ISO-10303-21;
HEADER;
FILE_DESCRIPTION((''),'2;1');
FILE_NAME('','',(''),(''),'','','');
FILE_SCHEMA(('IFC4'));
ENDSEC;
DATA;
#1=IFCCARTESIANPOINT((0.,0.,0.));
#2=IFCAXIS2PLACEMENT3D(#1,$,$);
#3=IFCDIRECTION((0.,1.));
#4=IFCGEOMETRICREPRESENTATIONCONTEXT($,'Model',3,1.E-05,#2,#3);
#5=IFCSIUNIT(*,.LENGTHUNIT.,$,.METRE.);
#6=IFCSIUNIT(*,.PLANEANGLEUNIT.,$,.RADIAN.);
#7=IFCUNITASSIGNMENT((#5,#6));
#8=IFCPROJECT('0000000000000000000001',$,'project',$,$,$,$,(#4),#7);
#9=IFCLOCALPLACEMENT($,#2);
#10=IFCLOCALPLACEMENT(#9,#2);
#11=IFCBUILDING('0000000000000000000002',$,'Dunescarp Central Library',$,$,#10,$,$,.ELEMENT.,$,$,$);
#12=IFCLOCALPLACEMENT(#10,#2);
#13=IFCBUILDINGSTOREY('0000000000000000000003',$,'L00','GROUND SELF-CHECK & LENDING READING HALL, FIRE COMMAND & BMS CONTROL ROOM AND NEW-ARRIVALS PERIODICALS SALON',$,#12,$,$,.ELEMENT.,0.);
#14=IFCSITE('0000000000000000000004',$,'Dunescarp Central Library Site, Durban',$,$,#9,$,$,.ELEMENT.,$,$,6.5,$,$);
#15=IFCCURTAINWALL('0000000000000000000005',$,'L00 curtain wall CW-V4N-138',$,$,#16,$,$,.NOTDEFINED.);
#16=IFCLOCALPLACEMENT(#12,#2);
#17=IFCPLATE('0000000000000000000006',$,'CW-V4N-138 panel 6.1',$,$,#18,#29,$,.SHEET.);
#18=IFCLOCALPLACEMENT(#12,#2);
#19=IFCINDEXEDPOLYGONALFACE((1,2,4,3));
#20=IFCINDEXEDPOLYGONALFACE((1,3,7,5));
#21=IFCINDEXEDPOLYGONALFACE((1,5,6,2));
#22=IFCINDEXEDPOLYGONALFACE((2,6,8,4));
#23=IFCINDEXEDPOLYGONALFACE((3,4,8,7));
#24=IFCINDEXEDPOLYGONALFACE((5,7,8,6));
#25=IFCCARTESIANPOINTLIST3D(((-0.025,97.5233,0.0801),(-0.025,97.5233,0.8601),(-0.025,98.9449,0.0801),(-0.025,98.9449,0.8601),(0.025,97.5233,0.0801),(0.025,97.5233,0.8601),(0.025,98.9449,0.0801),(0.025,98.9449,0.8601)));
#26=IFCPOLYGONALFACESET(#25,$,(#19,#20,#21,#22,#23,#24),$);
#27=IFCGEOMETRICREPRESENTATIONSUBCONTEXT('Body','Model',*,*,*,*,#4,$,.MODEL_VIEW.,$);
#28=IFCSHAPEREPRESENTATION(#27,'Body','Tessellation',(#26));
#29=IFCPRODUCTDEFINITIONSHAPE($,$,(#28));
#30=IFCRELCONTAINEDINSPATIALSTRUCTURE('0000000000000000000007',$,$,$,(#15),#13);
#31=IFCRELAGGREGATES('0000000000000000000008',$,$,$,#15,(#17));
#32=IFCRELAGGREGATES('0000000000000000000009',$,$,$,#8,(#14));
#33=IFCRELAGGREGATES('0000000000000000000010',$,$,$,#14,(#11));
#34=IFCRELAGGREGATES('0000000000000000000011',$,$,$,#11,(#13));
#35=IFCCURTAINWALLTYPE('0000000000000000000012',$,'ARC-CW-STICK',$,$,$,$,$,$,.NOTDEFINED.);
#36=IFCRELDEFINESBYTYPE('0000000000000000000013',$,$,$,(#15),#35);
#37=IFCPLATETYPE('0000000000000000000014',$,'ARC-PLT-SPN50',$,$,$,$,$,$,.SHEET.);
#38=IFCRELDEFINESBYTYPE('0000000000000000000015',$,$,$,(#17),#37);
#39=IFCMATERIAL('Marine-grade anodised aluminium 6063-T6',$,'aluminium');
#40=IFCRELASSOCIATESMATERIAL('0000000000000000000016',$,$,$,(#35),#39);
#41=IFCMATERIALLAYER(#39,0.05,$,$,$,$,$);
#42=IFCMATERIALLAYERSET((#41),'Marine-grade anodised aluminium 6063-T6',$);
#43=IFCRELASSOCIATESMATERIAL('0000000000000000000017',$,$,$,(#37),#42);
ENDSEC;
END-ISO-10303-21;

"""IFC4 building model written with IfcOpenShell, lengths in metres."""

from ifc_helpers import new_model, si_unit, direction, frame, origin, origin_2d, place, context, subcontext, project, spatial, rectangle, extrude, material, layer, layer_set, type_object, element, aggregate, save


model = new_model("IFC4")

# Units and contexts
model_context = context("Model", 3, precision=1e-05, world=origin(), true_north=direction((0.0, 1.0)))
body_context = subcontext(model_context, "Body", "Model", "MODEL_VIEW")
ifc_project = project(units=[si_unit("LENGTHUNIT", "METRE"), si_unit("PLANEANGLEUNIT", "RADIAN")], contexts=[model_context])

# Site, building, storey
site_placement = place(None, origin())
site = spatial("IfcSite", under=ifc_project, at=site_placement, Name="Dunescarp Central Library Site, Durban", CompositionType="ELEMENT", RefElevation=6.5)
building_placement = place(site_placement, origin())
building = spatial("IfcBuilding", under=site, at=building_placement, Name="Dunescarp Central Library", CompositionType="ELEMENT")
storey_placement = place(building_placement, origin())
storey = spatial("IfcBuildingStorey", under=building, at=storey_placement, Name="L00", Description="GROUND SELF-CHECK & LENDING READING HALL, FIRE COMMAND & BMS CONTROL ROOM AND NEW-ARRIVALS PERIODICALS SALON", CompositionType="ELEMENT", Elevation=0.0)

# Curtain wall, plate
ifc_material_1 = material(Name="Marine-grade anodised aluminium 6063-T6", Category="aluminium")
curtain_wall_type = type_object("IfcCurtainWallType", Name="ARC-CW-STICK", PredefinedType="NOTDEFINED", material=ifc_material_1)
curtain_wall_placement = place(storey_placement, origin())
curtain_wall = element("IfcCurtainWall", 1, at=curtain_wall_placement, inside=storey, type_object=curtain_wall_type, Name="L00 curtain wall CW-V4N-138", PredefinedType="NOTDEFINED")
ifc_layer_1 = layer(ifc_material_1, 0.05)
ifc_layer_set_1 = layer_set([ifc_layer_1], Name="Marine-grade anodised aluminium 6063-T6")
plate_type_1 = type_object("IfcPlateType", Name="ARC-PLT-SPN50", PredefinedType="SHEET", material=ifc_layer_set_1)
plate_1_placement = place(storey_placement, frame((0.0, 98.2341, 0.0801), z_axis=(0.0, 0.0, 1.0), x_axis=(0.0, 1.0, 0.0)))
plate_1 = element("IfcPlate", 2, at=plate_1_placement, type_object=plate_type_1, Name="CW-V4N-138 panel 6.1", PredefinedType="SHEET", context=body_context, shape_type="SweptSolid", body=[
    extrude(rectangle(XDim=1.4216, YDim=0.05, at=origin_2d()), origin(), (0.0, 0.0, 1.0), 0.78),
])
aggregate(curtain_wall, [plate_1])

save(model, "model.ifc")
